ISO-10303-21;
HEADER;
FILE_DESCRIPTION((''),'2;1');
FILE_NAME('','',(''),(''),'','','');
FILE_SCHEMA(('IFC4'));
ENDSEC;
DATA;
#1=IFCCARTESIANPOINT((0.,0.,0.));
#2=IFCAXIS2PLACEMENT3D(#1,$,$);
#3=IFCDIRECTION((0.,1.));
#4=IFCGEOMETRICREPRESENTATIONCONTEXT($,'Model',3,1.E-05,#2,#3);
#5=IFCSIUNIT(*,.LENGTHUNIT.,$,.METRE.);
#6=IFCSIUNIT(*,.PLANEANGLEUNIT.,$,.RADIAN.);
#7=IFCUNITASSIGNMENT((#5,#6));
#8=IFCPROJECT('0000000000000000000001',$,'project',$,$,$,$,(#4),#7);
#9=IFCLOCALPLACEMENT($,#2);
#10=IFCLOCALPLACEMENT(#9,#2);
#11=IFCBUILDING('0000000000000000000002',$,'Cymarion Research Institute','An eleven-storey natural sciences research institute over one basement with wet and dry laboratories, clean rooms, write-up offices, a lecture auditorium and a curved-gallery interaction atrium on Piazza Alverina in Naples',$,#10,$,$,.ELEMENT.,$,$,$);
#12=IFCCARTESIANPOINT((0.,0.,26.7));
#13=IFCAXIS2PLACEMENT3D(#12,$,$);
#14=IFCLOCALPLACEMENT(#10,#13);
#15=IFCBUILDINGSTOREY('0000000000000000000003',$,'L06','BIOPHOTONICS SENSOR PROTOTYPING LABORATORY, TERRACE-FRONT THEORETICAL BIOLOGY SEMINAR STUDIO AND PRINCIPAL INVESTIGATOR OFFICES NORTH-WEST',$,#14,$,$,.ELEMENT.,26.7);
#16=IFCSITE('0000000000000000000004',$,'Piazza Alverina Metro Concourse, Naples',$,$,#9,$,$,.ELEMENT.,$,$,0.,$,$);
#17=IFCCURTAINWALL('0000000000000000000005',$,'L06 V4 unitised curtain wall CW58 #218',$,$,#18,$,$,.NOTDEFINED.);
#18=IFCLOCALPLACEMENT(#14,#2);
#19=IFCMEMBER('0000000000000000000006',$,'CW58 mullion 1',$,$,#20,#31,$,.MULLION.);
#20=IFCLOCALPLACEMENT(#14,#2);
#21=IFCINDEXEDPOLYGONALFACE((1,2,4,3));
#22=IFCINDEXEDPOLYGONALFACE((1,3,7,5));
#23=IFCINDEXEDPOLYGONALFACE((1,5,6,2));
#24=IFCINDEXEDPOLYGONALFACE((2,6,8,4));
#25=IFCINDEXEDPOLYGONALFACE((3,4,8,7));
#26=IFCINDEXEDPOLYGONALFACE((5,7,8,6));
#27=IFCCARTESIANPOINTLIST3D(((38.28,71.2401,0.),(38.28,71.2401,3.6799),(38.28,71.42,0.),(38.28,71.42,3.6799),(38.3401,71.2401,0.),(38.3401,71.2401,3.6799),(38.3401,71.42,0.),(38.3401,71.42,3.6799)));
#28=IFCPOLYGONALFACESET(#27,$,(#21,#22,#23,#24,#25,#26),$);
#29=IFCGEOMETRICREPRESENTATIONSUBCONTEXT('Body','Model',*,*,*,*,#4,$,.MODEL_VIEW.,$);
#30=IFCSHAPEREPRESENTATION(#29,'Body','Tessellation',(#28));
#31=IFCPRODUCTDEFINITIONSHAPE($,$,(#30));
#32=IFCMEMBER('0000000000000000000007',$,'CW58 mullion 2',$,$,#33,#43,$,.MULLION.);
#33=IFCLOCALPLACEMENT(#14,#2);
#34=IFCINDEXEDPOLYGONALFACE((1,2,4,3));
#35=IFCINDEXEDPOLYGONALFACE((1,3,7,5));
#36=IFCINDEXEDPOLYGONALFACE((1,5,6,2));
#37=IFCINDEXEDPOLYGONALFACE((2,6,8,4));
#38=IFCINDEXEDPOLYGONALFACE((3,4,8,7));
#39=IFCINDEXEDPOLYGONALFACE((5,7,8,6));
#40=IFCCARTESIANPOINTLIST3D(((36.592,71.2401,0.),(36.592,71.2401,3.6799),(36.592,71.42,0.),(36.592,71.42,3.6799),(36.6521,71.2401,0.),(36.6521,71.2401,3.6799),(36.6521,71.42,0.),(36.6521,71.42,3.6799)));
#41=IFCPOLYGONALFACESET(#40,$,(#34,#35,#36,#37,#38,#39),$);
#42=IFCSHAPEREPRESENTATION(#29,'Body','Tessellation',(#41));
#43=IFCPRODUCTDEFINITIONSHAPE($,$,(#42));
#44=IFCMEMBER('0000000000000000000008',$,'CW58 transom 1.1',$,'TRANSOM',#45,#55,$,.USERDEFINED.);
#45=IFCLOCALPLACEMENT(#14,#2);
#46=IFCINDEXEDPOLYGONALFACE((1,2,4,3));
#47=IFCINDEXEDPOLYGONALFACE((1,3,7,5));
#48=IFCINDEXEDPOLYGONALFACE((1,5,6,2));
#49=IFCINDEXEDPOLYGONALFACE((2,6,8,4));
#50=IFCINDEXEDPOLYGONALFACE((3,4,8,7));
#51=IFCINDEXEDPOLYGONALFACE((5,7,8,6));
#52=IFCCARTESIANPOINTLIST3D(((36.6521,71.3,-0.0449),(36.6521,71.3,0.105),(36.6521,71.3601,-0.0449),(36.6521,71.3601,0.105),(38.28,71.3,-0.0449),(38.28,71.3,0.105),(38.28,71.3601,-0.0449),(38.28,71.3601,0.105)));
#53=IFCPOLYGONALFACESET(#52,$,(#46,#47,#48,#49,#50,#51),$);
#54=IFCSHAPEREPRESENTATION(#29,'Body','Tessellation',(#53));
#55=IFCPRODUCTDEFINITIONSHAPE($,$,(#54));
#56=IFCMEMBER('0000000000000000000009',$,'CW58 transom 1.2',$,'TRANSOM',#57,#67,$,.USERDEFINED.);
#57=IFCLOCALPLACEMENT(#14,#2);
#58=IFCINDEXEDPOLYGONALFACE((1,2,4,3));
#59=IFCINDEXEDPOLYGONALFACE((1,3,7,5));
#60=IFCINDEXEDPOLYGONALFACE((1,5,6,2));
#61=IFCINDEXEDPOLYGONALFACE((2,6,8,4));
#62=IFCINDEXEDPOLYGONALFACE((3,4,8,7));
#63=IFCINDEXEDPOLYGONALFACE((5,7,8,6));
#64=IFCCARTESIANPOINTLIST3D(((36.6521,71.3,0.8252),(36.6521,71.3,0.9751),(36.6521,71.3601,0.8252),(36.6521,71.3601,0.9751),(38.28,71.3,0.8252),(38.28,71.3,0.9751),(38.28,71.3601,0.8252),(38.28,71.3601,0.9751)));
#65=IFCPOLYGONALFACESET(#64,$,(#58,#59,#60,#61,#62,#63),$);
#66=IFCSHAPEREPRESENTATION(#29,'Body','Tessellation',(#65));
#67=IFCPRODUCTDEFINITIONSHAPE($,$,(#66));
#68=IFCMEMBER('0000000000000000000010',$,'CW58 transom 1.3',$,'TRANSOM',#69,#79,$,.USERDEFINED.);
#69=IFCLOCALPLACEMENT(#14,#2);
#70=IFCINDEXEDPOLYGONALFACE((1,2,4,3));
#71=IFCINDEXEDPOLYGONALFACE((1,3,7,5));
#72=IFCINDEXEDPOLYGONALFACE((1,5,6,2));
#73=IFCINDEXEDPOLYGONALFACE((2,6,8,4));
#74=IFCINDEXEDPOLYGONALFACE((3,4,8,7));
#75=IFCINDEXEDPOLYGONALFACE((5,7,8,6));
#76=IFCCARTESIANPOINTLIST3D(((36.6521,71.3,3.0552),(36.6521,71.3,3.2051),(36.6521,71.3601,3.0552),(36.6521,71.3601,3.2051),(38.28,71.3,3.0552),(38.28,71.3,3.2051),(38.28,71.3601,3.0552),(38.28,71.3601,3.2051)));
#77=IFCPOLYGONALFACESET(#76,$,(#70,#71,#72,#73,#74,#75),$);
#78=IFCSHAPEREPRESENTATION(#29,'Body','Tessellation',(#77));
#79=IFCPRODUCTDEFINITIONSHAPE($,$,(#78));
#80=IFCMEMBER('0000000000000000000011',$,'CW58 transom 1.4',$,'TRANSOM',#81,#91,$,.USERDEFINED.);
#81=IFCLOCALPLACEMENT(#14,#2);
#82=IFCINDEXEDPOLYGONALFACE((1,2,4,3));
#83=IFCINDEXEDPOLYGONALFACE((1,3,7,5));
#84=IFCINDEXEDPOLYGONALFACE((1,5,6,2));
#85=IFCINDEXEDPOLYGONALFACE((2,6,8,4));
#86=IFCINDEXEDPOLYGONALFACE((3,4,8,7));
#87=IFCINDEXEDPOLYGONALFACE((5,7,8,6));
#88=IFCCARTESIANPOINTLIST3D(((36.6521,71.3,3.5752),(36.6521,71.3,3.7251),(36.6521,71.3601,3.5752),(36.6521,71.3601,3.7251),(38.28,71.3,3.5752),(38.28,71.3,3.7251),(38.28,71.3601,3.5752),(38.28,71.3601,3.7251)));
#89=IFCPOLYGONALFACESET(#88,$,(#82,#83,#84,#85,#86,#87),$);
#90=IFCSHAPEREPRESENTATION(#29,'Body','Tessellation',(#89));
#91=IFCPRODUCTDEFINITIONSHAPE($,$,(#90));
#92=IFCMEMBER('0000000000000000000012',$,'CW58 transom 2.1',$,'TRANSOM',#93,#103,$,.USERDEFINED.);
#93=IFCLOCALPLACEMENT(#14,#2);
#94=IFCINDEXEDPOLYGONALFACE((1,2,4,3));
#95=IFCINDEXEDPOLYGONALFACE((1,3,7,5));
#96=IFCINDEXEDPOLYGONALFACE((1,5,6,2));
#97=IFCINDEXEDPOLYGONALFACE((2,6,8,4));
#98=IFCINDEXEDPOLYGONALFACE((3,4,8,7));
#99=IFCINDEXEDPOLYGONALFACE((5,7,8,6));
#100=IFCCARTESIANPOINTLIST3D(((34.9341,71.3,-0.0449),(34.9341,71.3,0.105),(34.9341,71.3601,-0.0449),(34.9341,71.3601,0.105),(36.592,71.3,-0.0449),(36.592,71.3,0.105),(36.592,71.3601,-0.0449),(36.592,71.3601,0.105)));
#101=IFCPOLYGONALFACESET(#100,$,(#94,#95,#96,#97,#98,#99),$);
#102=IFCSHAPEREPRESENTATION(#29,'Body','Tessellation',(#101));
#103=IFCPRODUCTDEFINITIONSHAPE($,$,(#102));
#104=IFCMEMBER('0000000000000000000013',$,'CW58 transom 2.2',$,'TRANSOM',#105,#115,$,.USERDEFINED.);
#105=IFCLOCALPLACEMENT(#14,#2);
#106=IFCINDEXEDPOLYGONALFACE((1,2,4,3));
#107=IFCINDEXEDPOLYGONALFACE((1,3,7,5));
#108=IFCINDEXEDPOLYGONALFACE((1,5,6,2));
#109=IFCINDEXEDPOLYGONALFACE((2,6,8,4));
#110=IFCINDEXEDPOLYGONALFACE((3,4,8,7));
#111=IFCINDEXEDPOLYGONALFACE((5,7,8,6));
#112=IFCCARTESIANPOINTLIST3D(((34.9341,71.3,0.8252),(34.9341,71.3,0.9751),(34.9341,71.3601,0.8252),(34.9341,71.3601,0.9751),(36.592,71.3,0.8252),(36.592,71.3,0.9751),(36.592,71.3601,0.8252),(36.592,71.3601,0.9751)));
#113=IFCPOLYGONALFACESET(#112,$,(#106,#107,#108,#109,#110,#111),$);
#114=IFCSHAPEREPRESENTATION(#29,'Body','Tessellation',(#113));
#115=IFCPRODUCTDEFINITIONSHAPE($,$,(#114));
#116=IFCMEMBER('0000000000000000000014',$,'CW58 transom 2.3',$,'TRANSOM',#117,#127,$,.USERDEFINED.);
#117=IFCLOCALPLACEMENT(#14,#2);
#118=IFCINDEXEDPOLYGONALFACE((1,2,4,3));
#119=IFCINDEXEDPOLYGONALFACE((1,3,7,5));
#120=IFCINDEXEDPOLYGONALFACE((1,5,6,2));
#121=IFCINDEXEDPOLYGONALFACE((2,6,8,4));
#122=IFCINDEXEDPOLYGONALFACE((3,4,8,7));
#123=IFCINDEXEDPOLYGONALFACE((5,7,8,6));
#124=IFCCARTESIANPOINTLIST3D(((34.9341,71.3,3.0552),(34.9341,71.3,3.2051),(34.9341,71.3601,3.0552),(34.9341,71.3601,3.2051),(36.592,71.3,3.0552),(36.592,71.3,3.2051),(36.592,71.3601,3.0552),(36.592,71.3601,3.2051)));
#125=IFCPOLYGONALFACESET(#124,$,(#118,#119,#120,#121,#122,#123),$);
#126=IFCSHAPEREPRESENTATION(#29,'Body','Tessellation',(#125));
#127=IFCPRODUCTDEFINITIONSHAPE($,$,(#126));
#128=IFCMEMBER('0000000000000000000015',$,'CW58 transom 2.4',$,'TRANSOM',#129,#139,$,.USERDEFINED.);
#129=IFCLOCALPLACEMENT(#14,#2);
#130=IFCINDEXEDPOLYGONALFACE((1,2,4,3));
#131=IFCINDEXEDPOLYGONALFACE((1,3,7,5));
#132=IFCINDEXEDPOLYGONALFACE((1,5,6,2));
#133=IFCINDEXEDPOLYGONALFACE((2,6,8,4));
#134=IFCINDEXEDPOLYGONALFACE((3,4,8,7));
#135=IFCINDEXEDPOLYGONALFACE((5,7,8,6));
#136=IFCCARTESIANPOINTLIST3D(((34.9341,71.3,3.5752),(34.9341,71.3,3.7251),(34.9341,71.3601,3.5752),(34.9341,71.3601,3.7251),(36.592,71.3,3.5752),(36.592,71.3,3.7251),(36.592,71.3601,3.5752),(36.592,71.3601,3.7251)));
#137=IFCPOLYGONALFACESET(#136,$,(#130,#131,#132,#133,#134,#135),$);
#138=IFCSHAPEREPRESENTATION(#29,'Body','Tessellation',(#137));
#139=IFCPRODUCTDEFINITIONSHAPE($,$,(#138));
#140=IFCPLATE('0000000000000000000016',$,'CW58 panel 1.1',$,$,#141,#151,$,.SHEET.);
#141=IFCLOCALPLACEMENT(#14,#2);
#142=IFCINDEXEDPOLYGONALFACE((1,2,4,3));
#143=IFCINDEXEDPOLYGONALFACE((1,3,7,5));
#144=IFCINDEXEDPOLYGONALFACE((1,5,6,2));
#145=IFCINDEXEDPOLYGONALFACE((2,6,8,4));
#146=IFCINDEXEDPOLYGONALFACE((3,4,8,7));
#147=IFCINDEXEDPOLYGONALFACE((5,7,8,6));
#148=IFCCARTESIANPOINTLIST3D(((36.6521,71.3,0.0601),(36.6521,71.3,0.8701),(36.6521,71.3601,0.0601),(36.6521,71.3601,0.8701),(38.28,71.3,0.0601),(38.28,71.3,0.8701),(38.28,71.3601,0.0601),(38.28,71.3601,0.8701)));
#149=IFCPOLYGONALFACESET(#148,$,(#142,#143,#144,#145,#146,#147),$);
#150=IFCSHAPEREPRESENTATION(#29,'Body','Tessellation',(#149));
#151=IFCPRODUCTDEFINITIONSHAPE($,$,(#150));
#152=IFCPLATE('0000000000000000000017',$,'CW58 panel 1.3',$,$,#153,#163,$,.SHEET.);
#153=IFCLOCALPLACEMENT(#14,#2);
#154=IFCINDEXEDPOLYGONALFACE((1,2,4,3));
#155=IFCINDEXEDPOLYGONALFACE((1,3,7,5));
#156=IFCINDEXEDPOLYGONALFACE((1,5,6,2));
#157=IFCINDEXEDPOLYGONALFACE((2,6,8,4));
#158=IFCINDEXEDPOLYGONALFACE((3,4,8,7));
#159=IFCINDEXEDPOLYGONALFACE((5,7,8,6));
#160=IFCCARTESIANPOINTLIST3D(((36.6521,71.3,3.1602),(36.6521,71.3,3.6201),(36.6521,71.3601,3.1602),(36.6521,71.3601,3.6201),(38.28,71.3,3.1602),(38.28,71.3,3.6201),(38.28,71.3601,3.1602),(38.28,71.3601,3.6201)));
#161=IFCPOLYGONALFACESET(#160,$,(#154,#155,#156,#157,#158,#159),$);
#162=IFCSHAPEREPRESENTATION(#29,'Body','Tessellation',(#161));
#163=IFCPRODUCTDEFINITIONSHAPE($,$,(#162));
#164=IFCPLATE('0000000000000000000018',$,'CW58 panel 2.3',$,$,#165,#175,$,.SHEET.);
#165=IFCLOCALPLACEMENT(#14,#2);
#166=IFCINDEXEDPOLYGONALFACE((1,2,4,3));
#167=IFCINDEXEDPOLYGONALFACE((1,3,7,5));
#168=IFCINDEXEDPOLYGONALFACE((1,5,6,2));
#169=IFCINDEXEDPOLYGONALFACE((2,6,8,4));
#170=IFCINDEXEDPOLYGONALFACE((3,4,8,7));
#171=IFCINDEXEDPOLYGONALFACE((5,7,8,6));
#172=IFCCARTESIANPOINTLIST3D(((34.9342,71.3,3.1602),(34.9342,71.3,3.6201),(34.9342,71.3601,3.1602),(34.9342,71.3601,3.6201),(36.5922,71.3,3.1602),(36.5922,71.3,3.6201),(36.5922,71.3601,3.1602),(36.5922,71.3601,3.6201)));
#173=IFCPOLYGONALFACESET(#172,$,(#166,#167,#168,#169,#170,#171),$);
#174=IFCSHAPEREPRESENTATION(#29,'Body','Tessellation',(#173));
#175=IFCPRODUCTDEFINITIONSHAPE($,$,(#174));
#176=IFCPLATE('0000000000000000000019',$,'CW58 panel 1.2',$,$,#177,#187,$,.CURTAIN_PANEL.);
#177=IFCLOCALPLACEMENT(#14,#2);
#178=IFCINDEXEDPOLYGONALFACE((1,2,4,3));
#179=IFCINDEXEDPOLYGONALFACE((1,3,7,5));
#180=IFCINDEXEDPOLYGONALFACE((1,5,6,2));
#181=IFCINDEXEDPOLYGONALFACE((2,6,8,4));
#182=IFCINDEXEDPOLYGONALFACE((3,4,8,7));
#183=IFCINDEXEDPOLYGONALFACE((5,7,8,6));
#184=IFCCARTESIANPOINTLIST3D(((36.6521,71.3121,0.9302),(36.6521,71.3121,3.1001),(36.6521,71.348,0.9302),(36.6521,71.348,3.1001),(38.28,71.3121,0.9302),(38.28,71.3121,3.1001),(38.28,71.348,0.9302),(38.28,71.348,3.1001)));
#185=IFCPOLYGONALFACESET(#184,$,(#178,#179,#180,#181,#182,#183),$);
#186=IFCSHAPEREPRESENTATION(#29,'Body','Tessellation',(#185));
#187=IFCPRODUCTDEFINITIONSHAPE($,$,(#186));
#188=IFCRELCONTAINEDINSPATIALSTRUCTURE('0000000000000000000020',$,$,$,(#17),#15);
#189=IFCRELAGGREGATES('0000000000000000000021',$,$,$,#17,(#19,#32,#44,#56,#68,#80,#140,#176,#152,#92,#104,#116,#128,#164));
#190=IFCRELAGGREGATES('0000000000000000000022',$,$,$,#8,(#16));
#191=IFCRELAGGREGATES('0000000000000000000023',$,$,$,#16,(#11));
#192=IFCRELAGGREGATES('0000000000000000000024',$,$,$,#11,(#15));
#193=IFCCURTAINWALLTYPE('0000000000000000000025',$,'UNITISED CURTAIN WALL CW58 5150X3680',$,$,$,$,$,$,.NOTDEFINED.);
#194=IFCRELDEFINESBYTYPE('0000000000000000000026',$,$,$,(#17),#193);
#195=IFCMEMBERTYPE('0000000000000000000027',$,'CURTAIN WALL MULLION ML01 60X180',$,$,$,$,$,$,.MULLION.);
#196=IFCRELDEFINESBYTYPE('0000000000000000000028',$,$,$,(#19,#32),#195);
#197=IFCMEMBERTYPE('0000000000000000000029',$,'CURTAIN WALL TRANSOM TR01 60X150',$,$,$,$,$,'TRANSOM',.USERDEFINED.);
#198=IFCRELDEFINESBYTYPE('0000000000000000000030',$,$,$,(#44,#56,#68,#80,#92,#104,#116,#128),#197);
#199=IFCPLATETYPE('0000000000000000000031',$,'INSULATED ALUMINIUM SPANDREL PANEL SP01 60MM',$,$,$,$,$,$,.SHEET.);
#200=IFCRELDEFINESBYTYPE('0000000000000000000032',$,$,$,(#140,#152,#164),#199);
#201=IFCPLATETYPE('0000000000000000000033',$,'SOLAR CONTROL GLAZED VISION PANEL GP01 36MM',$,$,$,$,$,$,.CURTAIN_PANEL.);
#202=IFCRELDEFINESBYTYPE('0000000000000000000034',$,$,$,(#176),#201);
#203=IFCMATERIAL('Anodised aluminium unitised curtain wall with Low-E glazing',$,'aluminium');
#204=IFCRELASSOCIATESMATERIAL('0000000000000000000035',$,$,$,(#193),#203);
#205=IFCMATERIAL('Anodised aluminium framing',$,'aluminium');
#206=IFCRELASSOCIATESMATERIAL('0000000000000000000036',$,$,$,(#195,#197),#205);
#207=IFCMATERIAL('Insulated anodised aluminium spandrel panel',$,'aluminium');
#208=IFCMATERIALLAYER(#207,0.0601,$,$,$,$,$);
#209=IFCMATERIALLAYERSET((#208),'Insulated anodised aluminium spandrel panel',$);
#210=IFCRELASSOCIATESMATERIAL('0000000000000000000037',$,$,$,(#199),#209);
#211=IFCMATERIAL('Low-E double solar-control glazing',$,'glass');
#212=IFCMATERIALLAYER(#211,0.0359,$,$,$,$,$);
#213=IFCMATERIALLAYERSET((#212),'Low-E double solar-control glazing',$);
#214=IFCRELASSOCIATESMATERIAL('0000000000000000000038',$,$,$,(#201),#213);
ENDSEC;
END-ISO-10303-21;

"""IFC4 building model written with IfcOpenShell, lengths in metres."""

from ifc_helpers import new_model, si_unit, direction, frame, origin, origin_2d, place, context, subcontext, project, spatial, rectangle, extrude, material, layer, layer_set, material_profile, profile_set, type_object, element, aggregate, save


model = new_model("IFC4")

# Units and contexts
model_context = context("Model", 3, precision=1e-05, world=origin(), true_north=direction((0.0, 1.0)))
body_context = subcontext(model_context, "Body", "Model", "MODEL_VIEW")
ifc_project = project(units=[si_unit("LENGTHUNIT", "METRE"), si_unit("PLANEANGLEUNIT", "RADIAN")], contexts=[model_context])

# Site, building, storey
site_placement = place(None, origin())
site = spatial("IfcSite", under=ifc_project, at=site_placement, Name="Piazza Alverina Metro Concourse, Naples", CompositionType="ELEMENT", RefElevation=0.0)
building_placement = place(site_placement, origin())
building = spatial("IfcBuilding", under=site, at=building_placement, Name="Cymarion Research Institute", Description="An eleven-storey natural sciences research institute over one basement with wet and dry laboratories, clean rooms, write-up offices, a lecture auditorium and a curved-gallery interaction atrium on Piazza Alverina in Naples", CompositionType="ELEMENT")
storey_placement = place(building_placement, frame((0.0, 0.0, 26.7)))
storey = spatial("IfcBuildingStorey", under=building, at=storey_placement, Name="L06", Description="BIOPHOTONICS SENSOR PROTOTYPING LABORATORY, TERRACE-FRONT THEORETICAL BIOLOGY SEMINAR STUDIO AND PRINCIPAL INVESTIGATOR OFFICES NORTH-WEST", CompositionType="ELEMENT", Elevation=26.7)

# Curtain wall, members, plates
ifc_material_1 = material(Name="Anodised aluminium unitised curtain wall with Low-E glazing", Category="aluminium")
curtain_wall_type = type_object("IfcCurtainWallType", Name="UNITISED CURTAIN WALL CW58 5150X3680", PredefinedType="NOTDEFINED", material=ifc_material_1)
curtain_wall_placement = place(storey_placement, origin())
curtain_wall = element("IfcCurtainWall", 1, at=curtain_wall_placement, inside=storey, type_object=curtain_wall_type, Name="L06 V4 unitised curtain wall CW58 #218", PredefinedType="NOTDEFINED")
ifc_material_2 = material(Name="Anodised aluminium framing", Category="aluminium")
ifc_material_profile_1 = material_profile(ifc_material_2, rectangle(XDim=0.0601, YDim=0.1799, at=origin_2d()), Name="ALU MULLION 60x180")
ifc_profile_set_1 = profile_set([ifc_material_profile_1], Name="Anodised aluminium framing")
member_type_1 = type_object("IfcMemberType", Name="CURTAIN WALL MULLION ML01 60X180", PredefinedType="MULLION", material=ifc_profile_set_1)
member_1_placement = place(storey_placement, frame((38.3101, 71.3301, 0.0), z_axis=(0.0, 0.0, 1.0), x_axis=(-1.0, 0.0, 0.0)))
member_1 = element("IfcMember", 2, at=member_1_placement, type_object=member_type_1, Name="CW58 mullion 1", PredefinedType="MULLION", context=body_context, shape_type="SweptSolid", body=[
    extrude(rectangle(XDim=0.0601, YDim=0.1799, at=origin_2d()), origin(), (0.0, 0.0, 1.0), 3.6799),
])
member_2_placement = place(storey_placement, frame((36.6221, 71.3301, 0.0), z_axis=(0.0, 0.0, 1.0), x_axis=(-1.0, 0.0, 0.0)))
member_2 = element("IfcMember", 3, at=member_2_placement, type_object=member_type_1, Name="CW58 mullion 2", PredefinedType="MULLION", context=body_context, shape_type="SweptSolid", body=[
    extrude(rectangle(XDim=0.0601, YDim=0.1799, at=origin_2d()), origin(), (0.0, 0.0, 1.0), 3.6799),
])
ifc_material_profile_2 = material_profile(ifc_material_2, rectangle(XDim=0.0601, YDim=0.1499, at=origin_2d()), Name="ALU TRANSOM 60x150")
ifc_profile_set_2 = profile_set([ifc_material_profile_2], Name="Anodised aluminium framing")
member_type_2 = type_object("IfcMemberType", Name="CURTAIN WALL TRANSOM TR01 60X150", ElementType="TRANSOM", PredefinedType="USERDEFINED", material=ifc_profile_set_2)
member_3_placement = place(storey_placement, frame((38.28, 71.3301, 0.03), z_axis=(-1.0, 0.0, 0.0), x_axis=(0.0, -1.0, 0.0)))
member_3 = element("IfcMember", 4, at=member_3_placement, type_object=member_type_2, Name="CW58 transom 1.1", ObjectType="TRANSOM", PredefinedType="USERDEFINED", context=body_context, shape_type="SweptSolid", body=[
    extrude(rectangle(XDim=0.0601, YDim=0.1499, at=origin_2d()), origin(), (0.0, 0.0, 1.0), 1.6279),
])
member_4_placement = place(storey_placement, frame((38.28, 71.3301, 0.9001), z_axis=(-1.0, 0.0, 0.0), x_axis=(0.0, -1.0, 0.0)))
member_4 = element("IfcMember", 5, at=member_4_placement, type_object=member_type_2, Name="CW58 transom 1.2", ObjectType="TRANSOM", PredefinedType="USERDEFINED", context=body_context, shape_type="SweptSolid", body=[
    extrude(rectangle(XDim=0.0601, YDim=0.1499, at=origin_2d()), origin(), (0.0, 0.0, 1.0), 1.6279),
])
member_5_placement = place(storey_placement, frame((38.28, 71.3301, 3.1301), z_axis=(-1.0, 0.0, 0.0), x_axis=(0.0, -1.0, 0.0)))
member_5 = element("IfcMember", 6, at=member_5_placement, type_object=member_type_2, Name="CW58 transom 1.3", ObjectType="TRANSOM", PredefinedType="USERDEFINED", context=body_context, shape_type="SweptSolid", body=[
    extrude(rectangle(XDim=0.0601, YDim=0.1499, at=origin_2d()), origin(), (0.0, 0.0, 1.0), 1.6279),
])
member_6_placement = place(storey_placement, frame((38.28, 71.3301, 3.6501), z_axis=(-1.0, 0.0, 0.0), x_axis=(0.0, -1.0, 0.0)))
member_6 = element("IfcMember", 7, at=member_6_placement, type_object=member_type_2, Name="CW58 transom 1.4", ObjectType="TRANSOM", PredefinedType="USERDEFINED", context=body_context, shape_type="SweptSolid", body=[
    extrude(rectangle(XDim=0.0601, YDim=0.1499, at=origin_2d()), origin(), (0.0, 0.0, 1.0), 1.6279),
])
member_7_placement = place(storey_placement, frame((36.592, 71.3301, 0.03), z_axis=(-1.0, 0.0, 0.0), x_axis=(0.0, -1.0, 0.0)))
member_7 = element("IfcMember", 8, at=member_7_placement, type_object=member_type_2, Name="CW58 transom 2.1", ObjectType="TRANSOM", PredefinedType="USERDEFINED", context=body_context, shape_type="SweptSolid", body=[
    extrude(rectangle(XDim=0.0601, YDim=0.1499, at=origin_2d()), origin(), (0.0, 0.0, 1.0), 1.658),
])
member_8_placement = place(storey_placement, frame((36.592, 71.3301, 0.9001), z_axis=(-1.0, 0.0, 0.0), x_axis=(0.0, -1.0, 0.0)))
member_8 = element("IfcMember", 9, at=member_8_placement, type_object=member_type_2, Name="CW58 transom 2.2", ObjectType="TRANSOM", PredefinedType="USERDEFINED", context=body_context, shape_type="SweptSolid", body=[
    extrude(rectangle(XDim=0.0601, YDim=0.1499, at=origin_2d()), origin(), (0.0, 0.0, 1.0), 1.658),
])
member_9_placement = place(storey_placement, frame((36.592, 71.3301, 3.1301), z_axis=(-1.0, 0.0, 0.0), x_axis=(0.0, -1.0, 0.0)))
member_9 = element("IfcMember", 10, at=member_9_placement, type_object=member_type_2, Name="CW58 transom 2.3", ObjectType="TRANSOM", PredefinedType="USERDEFINED", context=body_context, shape_type="SweptSolid", body=[
    extrude(rectangle(XDim=0.0601, YDim=0.1499, at=origin_2d()), origin(), (0.0, 0.0, 1.0), 1.658),
])
member_10_placement = place(storey_placement, frame((36.592, 71.3301, 3.6501), z_axis=(-1.0, 0.0, 0.0), x_axis=(0.0, -1.0, 0.0)))
member_10 = element("IfcMember", 11, at=member_10_placement, type_object=member_type_2, Name="CW58 transom 2.4", ObjectType="TRANSOM", PredefinedType="USERDEFINED", context=body_context, shape_type="SweptSolid", body=[
    extrude(rectangle(XDim=0.0601, YDim=0.1499, at=origin_2d()), origin(), (0.0, 0.0, 1.0), 1.658),
])
ifc_material_3 = material(Name="Insulated anodised aluminium spandrel panel", Category="aluminium")
ifc_layer_1 = layer(ifc_material_3, 0.0601)
ifc_layer_set_1 = layer_set([ifc_layer_1], Name="Insulated anodised aluminium spandrel panel")
plate_type_1 = type_object("IfcPlateType", Name="INSULATED ALUMINIUM SPANDREL PANEL SP01 60MM", PredefinedType="SHEET", material=ifc_layer_set_1)
plate_1_placement = place(storey_placement, frame((37.4661, 71.3301, 0.0601), z_axis=(0.0, 0.0, 1.0), x_axis=(-1.0, 0.0, 0.0)))
plate_1 = element("IfcPlate", 12, at=plate_1_placement, type_object=plate_type_1, Name="CW58 panel 1.1", PredefinedType="SHEET", context=body_context, shape_type="SweptSolid", body=[
    extrude(rectangle(XDim=1.6279, YDim=0.0601, at=origin_2d()), origin(), (0.0, 0.0, 1.0), 0.8101),
])
plate_2_placement = place(storey_placement, frame((37.4661, 71.3301, 3.1602), z_axis=(0.0, 0.0, 1.0), x_axis=(-1.0, 0.0, 0.0)))
plate_2 = element("IfcPlate", 13, at=plate_2_placement, type_object=plate_type_1, Name="CW58 panel 1.3", PredefinedType="SHEET", context=body_context, shape_type="SweptSolid", body=[
    extrude(rectangle(XDim=1.6279, YDim=0.0601, at=origin_2d()), origin(), (0.0, 0.0, 1.0), 0.46),
])
plate_3_placement = place(storey_placement, frame((35.7632, 71.3301, 3.1602), z_axis=(0.0, 0.0, 1.0), x_axis=(-1.0, 0.0, 0.0)))
plate_3 = element("IfcPlate", 14, at=plate_3_placement, type_object=plate_type_1, Name="CW58 panel 2.3", PredefinedType="SHEET", context=body_context, shape_type="SweptSolid", body=[
    extrude(rectangle(XDim=1.658, YDim=0.0601, at=origin_2d()), origin(), (0.0, 0.0, 1.0), 0.46),
])
ifc_material_4 = material(Name="Low-E double solar-control glazing", Category="glass")
ifc_layer_2 = layer(ifc_material_4, 0.0359)
ifc_layer_set_2 = layer_set([ifc_layer_2], Name="Low-E double solar-control glazing")
plate_type_2 = type_object("IfcPlateType", Name="SOLAR CONTROL GLAZED VISION PANEL GP01 36MM", PredefinedType="CURTAIN_PANEL", material=ifc_layer_set_2)
plate_4_placement = place(storey_placement, frame((37.4661, 71.3301, 0.9302), z_axis=(0.0, 0.0, 1.0), x_axis=(-1.0, 0.0, 0.0)))
plate_4 = element("IfcPlate", 15, at=plate_4_placement, type_object=plate_type_2, Name="CW58 panel 1.2", PredefinedType="CURTAIN_PANEL", context=body_context, shape_type="SweptSolid", body=[
    extrude(rectangle(XDim=1.6279, YDim=0.0359, at=origin_2d()), origin(), (0.0, 0.0, 1.0), 2.1699),
])
aggregate(curtain_wall, [member_1, member_2, member_3, member_4, member_5, member_6, plate_1, plate_4, plate_2, member_7, member_8, member_9, member_10, plate_3])

save(model, "model.ifc")
